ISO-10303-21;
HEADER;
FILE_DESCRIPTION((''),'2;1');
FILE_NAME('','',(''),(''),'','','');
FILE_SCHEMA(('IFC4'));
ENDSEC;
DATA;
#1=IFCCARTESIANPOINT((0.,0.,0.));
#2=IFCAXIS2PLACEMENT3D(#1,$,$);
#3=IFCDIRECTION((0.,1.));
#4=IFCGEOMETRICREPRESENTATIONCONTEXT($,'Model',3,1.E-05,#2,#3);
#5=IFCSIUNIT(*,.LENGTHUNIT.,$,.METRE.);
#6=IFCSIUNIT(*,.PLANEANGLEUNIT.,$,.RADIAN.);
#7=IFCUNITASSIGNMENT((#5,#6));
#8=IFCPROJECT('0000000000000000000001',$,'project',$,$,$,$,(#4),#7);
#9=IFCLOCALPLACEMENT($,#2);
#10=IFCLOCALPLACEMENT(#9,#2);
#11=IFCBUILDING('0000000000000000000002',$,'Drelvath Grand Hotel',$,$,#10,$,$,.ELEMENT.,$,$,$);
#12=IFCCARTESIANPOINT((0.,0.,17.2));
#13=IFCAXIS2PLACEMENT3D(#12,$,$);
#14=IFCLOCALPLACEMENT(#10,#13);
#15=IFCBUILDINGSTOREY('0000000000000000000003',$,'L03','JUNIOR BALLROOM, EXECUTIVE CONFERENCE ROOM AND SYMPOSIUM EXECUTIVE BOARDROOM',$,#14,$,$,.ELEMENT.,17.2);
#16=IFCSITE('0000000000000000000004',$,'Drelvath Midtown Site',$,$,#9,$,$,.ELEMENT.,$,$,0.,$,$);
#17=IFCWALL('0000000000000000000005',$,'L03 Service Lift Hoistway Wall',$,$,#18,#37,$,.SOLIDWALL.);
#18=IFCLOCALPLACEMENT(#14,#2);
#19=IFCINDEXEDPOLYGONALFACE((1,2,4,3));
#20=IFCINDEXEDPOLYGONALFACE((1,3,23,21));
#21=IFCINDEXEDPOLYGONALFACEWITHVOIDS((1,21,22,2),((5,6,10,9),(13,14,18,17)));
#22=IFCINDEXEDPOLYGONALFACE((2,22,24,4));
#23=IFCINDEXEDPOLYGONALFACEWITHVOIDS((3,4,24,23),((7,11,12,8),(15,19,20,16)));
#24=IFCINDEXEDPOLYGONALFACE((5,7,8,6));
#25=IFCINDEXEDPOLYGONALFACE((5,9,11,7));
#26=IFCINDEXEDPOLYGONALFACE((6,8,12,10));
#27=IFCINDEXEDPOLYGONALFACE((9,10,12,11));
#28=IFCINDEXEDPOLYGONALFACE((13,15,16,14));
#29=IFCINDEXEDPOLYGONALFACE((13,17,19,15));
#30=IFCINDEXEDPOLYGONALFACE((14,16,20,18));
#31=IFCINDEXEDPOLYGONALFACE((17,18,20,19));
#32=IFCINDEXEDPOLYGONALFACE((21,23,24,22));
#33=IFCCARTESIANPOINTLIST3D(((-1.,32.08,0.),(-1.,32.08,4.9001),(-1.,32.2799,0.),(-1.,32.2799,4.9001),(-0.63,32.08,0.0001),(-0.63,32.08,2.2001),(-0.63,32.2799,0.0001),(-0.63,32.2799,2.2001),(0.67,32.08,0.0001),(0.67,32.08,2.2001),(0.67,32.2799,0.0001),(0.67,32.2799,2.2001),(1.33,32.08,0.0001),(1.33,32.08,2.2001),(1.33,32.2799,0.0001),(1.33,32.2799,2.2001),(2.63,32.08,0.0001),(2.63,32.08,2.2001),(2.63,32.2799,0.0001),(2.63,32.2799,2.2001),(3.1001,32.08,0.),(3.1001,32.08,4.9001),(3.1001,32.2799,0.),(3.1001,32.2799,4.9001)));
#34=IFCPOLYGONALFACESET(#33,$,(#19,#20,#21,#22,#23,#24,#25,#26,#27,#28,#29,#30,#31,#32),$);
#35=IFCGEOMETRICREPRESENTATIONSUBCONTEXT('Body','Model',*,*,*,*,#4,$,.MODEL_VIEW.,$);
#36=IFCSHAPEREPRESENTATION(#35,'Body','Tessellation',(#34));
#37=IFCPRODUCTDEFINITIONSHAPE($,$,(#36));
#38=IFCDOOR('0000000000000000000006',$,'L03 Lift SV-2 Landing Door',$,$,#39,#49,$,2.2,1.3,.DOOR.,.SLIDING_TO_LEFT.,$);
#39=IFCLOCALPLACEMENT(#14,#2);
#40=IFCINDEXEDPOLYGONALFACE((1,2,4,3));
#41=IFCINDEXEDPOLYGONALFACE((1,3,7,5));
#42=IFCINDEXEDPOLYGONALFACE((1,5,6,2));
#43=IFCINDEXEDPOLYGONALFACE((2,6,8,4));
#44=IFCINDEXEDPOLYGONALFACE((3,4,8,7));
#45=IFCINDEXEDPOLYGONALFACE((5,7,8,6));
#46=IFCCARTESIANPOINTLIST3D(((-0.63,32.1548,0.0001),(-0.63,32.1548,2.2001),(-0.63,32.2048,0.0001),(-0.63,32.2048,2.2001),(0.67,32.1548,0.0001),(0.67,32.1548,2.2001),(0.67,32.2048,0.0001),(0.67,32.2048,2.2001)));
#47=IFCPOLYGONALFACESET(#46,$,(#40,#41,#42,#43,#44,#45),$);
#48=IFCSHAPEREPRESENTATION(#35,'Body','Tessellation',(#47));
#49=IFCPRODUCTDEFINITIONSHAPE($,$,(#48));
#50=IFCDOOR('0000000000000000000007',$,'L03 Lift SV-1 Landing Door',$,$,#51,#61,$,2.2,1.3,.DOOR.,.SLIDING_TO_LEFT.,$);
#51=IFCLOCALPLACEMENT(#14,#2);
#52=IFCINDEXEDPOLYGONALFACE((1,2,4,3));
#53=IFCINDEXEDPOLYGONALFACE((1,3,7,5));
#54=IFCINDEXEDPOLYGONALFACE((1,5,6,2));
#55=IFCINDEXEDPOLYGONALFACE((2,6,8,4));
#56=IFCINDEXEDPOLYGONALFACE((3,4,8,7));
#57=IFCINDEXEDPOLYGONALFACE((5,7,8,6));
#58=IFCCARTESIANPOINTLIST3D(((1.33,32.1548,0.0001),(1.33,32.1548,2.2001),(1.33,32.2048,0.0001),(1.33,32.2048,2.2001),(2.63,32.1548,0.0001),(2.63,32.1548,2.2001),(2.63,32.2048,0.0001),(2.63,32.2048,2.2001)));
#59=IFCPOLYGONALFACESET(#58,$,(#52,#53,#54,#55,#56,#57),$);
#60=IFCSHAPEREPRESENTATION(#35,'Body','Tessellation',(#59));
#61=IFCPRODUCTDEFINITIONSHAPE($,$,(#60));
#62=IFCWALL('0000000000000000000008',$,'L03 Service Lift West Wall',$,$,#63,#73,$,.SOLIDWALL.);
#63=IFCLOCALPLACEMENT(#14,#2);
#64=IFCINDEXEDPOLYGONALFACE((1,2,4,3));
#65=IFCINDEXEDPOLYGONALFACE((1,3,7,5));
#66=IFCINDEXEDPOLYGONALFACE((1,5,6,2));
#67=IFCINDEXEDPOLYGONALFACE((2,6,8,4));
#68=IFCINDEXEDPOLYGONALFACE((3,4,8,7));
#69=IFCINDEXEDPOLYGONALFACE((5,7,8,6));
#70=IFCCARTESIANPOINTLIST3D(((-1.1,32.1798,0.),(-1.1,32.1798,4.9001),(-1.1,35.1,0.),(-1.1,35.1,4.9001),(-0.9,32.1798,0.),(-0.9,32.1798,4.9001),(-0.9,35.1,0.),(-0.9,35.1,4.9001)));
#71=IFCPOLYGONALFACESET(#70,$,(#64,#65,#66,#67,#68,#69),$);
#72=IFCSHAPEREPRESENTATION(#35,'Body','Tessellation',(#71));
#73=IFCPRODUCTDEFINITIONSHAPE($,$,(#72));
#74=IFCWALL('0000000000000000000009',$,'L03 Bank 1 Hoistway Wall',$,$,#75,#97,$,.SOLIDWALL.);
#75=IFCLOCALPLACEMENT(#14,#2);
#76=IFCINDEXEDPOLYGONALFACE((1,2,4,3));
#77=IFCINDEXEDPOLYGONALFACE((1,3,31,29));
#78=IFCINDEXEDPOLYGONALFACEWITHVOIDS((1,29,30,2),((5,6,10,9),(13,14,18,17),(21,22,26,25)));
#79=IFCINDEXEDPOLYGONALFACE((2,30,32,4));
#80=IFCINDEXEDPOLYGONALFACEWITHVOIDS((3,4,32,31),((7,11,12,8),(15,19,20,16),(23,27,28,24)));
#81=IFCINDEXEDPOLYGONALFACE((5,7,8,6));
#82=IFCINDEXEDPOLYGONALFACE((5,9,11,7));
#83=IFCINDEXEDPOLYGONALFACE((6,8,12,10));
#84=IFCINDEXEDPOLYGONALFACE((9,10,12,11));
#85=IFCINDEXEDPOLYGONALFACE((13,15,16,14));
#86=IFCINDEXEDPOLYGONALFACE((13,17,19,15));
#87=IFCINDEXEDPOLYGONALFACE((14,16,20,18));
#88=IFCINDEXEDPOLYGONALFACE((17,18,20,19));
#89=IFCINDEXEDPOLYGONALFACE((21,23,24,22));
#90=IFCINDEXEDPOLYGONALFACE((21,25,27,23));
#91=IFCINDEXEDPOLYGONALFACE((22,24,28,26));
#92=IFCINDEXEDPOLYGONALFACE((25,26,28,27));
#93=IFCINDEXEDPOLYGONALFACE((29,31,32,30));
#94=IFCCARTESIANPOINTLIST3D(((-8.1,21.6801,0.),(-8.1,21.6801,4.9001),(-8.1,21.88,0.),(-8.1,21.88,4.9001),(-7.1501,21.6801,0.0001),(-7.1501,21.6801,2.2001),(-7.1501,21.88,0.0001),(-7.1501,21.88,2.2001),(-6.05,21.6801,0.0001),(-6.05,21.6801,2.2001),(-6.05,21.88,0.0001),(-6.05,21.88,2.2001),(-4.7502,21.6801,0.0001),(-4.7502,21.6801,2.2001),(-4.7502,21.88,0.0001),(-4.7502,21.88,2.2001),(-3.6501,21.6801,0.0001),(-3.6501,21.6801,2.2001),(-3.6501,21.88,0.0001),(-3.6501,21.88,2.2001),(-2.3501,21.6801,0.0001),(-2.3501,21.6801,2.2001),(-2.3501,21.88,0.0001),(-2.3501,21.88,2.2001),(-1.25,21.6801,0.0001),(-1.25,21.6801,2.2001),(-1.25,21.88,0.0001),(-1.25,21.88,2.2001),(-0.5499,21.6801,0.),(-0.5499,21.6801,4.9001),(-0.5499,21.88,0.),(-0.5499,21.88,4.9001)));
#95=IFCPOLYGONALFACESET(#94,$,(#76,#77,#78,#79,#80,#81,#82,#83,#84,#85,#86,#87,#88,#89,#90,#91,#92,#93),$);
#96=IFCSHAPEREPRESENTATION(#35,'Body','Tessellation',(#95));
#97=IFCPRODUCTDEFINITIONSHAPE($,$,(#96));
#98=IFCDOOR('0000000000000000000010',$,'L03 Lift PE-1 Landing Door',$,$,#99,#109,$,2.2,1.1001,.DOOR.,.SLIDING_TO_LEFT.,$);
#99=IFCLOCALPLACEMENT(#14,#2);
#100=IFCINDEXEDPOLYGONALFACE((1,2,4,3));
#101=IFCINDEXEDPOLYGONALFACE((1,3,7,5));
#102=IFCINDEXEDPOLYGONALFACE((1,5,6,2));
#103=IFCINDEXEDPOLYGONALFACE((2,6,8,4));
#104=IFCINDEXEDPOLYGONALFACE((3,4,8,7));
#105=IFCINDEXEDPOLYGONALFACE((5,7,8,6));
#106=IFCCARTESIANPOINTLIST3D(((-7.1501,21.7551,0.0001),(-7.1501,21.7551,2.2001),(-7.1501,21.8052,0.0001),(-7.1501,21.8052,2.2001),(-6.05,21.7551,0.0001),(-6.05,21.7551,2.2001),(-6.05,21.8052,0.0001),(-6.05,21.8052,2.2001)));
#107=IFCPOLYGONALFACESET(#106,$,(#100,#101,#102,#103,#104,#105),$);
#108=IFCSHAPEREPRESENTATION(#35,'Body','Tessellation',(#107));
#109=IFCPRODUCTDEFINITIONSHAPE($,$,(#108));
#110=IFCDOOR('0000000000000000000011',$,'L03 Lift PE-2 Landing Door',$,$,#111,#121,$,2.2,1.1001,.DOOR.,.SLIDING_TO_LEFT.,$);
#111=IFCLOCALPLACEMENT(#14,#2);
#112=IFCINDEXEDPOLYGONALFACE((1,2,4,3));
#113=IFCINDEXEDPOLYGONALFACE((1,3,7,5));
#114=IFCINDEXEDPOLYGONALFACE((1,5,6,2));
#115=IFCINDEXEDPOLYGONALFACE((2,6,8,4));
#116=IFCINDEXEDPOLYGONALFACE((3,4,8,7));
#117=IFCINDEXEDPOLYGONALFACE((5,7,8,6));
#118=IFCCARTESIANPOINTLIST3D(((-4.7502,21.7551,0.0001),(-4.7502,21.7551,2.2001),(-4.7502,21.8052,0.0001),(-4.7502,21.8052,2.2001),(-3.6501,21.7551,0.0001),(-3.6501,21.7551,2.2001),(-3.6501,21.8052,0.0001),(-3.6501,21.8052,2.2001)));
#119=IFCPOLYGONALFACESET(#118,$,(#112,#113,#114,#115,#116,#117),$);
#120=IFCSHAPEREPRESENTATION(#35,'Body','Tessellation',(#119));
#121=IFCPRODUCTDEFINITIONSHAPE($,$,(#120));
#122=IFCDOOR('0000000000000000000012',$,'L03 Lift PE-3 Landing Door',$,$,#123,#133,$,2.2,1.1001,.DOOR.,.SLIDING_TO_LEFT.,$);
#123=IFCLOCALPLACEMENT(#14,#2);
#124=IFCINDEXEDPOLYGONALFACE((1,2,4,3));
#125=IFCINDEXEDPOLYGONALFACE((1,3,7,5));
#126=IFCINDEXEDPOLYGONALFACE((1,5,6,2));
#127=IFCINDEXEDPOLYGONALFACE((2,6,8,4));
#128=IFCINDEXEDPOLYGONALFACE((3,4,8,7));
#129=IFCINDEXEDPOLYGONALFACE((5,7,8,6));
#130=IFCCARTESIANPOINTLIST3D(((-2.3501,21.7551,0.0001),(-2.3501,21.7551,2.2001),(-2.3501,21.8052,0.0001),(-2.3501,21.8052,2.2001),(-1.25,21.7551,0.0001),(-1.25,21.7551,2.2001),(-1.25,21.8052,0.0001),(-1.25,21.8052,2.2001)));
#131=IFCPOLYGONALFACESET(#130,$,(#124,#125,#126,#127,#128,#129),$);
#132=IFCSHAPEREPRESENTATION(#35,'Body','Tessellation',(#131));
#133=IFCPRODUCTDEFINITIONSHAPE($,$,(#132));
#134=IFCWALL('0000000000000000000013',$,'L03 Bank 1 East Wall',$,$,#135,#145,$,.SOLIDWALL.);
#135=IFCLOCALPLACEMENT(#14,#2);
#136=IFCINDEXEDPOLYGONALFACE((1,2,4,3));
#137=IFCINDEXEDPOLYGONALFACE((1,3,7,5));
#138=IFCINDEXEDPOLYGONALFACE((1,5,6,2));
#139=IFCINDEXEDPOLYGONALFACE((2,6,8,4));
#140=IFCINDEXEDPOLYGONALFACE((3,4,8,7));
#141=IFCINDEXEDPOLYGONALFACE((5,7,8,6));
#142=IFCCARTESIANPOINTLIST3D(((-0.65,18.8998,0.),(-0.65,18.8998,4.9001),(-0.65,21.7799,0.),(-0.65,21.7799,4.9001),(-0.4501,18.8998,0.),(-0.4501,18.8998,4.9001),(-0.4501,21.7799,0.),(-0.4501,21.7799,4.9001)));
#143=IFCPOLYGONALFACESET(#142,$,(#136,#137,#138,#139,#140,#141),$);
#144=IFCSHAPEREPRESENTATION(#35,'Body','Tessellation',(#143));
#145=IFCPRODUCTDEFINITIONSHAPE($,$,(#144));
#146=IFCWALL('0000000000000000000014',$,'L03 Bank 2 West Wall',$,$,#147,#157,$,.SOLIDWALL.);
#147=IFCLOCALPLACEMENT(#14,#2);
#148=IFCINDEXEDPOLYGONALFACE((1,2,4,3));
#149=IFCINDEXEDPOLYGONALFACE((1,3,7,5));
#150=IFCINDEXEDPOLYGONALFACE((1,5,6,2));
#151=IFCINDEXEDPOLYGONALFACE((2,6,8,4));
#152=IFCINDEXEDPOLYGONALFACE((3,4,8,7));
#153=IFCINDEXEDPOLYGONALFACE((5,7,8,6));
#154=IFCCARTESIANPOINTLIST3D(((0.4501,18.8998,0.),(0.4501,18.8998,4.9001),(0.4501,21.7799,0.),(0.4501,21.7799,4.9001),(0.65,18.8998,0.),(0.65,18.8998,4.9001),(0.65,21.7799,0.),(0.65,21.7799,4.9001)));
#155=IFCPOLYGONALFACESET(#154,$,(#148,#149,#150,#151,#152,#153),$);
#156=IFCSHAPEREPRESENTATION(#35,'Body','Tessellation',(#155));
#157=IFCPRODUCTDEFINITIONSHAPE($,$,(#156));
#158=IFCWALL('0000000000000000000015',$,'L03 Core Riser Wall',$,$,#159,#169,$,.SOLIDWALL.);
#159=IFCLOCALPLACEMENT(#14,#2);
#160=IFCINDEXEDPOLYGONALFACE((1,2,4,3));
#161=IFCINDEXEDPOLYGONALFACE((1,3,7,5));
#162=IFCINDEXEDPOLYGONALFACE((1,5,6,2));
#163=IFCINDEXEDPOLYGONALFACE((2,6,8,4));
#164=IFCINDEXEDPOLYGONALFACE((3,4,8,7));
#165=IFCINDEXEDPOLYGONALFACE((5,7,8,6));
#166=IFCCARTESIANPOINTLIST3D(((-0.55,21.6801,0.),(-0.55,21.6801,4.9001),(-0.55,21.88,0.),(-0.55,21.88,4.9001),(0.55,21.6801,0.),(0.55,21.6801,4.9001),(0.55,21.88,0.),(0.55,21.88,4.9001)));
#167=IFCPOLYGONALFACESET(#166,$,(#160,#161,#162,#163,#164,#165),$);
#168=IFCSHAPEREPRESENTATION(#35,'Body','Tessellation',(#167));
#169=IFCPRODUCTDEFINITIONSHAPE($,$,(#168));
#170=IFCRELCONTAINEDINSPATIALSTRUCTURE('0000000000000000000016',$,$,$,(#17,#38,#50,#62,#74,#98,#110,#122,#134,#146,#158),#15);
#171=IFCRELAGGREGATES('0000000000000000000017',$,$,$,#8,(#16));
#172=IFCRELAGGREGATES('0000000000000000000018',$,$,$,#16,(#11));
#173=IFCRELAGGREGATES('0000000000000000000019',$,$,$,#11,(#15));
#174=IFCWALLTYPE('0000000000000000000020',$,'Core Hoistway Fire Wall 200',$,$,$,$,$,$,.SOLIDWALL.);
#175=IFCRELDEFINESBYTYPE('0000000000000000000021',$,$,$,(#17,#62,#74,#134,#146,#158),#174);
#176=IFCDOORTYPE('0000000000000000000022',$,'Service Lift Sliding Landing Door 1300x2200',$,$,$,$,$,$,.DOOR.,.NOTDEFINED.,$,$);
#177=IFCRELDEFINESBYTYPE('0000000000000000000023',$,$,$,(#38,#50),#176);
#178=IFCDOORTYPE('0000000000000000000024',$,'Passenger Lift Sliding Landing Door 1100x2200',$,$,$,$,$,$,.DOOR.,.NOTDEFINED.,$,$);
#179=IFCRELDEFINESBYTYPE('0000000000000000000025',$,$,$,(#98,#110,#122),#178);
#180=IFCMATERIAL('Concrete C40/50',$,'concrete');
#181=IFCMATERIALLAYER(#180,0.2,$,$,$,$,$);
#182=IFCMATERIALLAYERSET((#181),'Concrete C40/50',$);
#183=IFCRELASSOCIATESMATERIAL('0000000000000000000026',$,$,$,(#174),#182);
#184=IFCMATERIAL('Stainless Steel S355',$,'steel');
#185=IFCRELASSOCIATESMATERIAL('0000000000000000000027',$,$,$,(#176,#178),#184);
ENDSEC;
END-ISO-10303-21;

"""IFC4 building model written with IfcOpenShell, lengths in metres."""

from ifc_helpers import new_model, si_unit, direction, frame, frame_2d, origin, place, context, subcontext, project, spatial, rectangle, extrude, material, layer, layer_set, type_object, element, fill, save


model = new_model("IFC4")

# Units and contexts
model_context = context("Model", 3, precision=1e-05, world=origin(), true_north=direction((0.0, 1.0)))
body_context = subcontext(model_context, "Body", "Model", "MODEL_VIEW")
ifc_project = project(units=[si_unit("LENGTHUNIT", "METRE"), si_unit("PLANEANGLEUNIT", "RADIAN")], contexts=[model_context])

# Site, building, storey
site_placement = place(None, origin())
site = spatial("IfcSite", under=ifc_project, at=site_placement, Name="Drelvath Midtown Site", CompositionType="ELEMENT", RefElevation=0.0)
building_placement = place(site_placement, origin())
building = spatial("IfcBuilding", under=site, at=building_placement, Name="Drelvath Grand Hotel", CompositionType="ELEMENT")
storey_placement = place(building_placement, frame((0.0, 0.0, 17.2)))
storey = spatial("IfcBuildingStorey", under=building, at=storey_placement, Name="L03", Description="JUNIOR BALLROOM, EXECUTIVE CONFERENCE ROOM AND SYMPOSIUM EXECUTIVE BOARDROOM", CompositionType="ELEMENT", Elevation=17.2)

# Wall, openings, doors
ifc_material_1 = material(Name="Concrete C40/50", Category="concrete")
ifc_layer_1 = layer(ifc_material_1, 0.2)
ifc_layer_set_1 = layer_set([ifc_layer_1], Name="Concrete C40/50")
wall_type_1 = type_object("IfcWallType", Name="Core Hoistway Fire Wall 200", PredefinedType="SOLIDWALL", material=ifc_layer_set_1)
wall_1_placement = place(storey_placement, frame((-1.0, 32.1799, 0.0), z_axis=(0.0, 0.0, 1.0), x_axis=(1.0, 0.0, 0.0)))
wall_1 = element("IfcWall", 1, at=wall_1_placement, inside=storey, type_object=wall_type_1, Name="L03 Service Lift Hoistway Wall", PredefinedType="SOLIDWALL", context=body_context, shape_type="SweptSolid", body=[
    extrude(rectangle(XDim=4.1001, YDim=0.2, at=frame_2d((2.05, 0.0))), origin(), (0.0, 0.0, 1.0), 4.9001),
])
opening_1_placement = place(wall_1_placement, frame((0.3701, 0.0, 0.0)))
opening_1 = element("IfcOpeningElement", 2, at=opening_1_placement, cuts=wall_1, PredefinedType="OPENING", context=body_context, shape_type="SweptSolid", body=[
    extrude(rectangle(XDim=1.3, YDim=2.2, at=frame_2d((0.6499, 1.1001))), frame((0.0, 0.1099, 0.0), z_axis=(0.0, -1.0, 0.0), x_axis=(1.0, 0.0, 0.0)), (0.0, 0.0, 1.0), 0.22),
])
opening_2_placement = place(wall_1_placement, frame((2.3301, 0.0, 0.0)))
opening_2 = element("IfcOpeningElement", 3, at=opening_2_placement, cuts=wall_1, PredefinedType="OPENING", context=body_context, shape_type="SweptSolid", body=[
    extrude(rectangle(XDim=1.3, YDim=2.2, at=frame_2d((0.6499, 1.1001))), frame((0.0, 0.1099, 0.0), z_axis=(0.0, -1.0, 0.0), x_axis=(1.0, 0.0, 0.0)), (0.0, 0.0, 1.0), 0.22),
])
ifc_material_2 = material(Name="Stainless Steel S355", Category="steel")
door_type_1 = type_object("IfcDoorType", Name="Service Lift Sliding Landing Door 1300x2200", OperationType="NOTDEFINED", PredefinedType="DOOR", material=ifc_material_2)
door_1_placement = place(opening_1_placement, origin())
door_1 = element("IfcDoor", 4, at=door_1_placement, inside=storey, type_object=door_type_1, Name="L03 Lift SV-2 Landing Door", OperationType="SLIDING_TO_LEFT", OverallHeight=2.2, OverallWidth=1.3, PredefinedType="DOOR", context=body_context, shape_type="SweptSolid", body=[
    extrude(rectangle(XDim=1.3, YDim=2.2, at=frame_2d((0.6499, 1.1001))), frame((0.0, 0.0249, 0.0), z_axis=(0.0, -1.0, 0.0), x_axis=(1.0, 0.0, 0.0)), (0.0, 0.0, 1.0), 0.05),
])
fill(opening_1, door_1)
door_2_placement = place(opening_2_placement, origin())
door_2 = element("IfcDoor", 5, at=door_2_placement, inside=storey, type_object=door_type_1, Name="L03 Lift SV-1 Landing Door", OperationType="SLIDING_TO_LEFT", OverallHeight=2.2, OverallWidth=1.3, PredefinedType="DOOR", context=body_context, shape_type="SweptSolid", body=[
    extrude(rectangle(XDim=1.3, YDim=2.2, at=frame_2d((0.6499, 1.1001))), frame((0.0, 0.0249, 0.0), z_axis=(0.0, -1.0, 0.0), x_axis=(1.0, 0.0, 0.0)), (0.0, 0.0, 1.0), 0.05),
])
fill(opening_2, door_2)

# Wall
wall_2_placement = place(storey_placement, frame((-1.0, 32.1799, 0.0), z_axis=(0.0, 0.0, 1.0), x_axis=(0.0, 1.0, 0.0)))
element("IfcWall", 6, at=wall_2_placement, inside=storey, type_object=wall_type_1, Name="L03 Service Lift West Wall", PredefinedType="SOLIDWALL", context=body_context, shape_type="SweptSolid", body=[
    extrude(rectangle(XDim=2.9202, YDim=0.2, at=frame_2d((1.46, 0.0))), origin(), (0.0, 0.0, 1.0), 4.9001),
])

# Wall, openings, doors
wall_3_placement = place(storey_placement, frame((-0.55, 21.78, 0.0), z_axis=(0.0, 0.0, 1.0), x_axis=(-1.0, 0.0, 0.0)))
wall_3 = element("IfcWall", 7, at=wall_3_placement, inside=storey, type_object=wall_type_1, Name="L03 Bank 1 Hoistway Wall", PredefinedType="SOLIDWALL", context=body_context, shape_type="SweptSolid", body=[
    extrude(rectangle(XDim=7.55, YDim=0.2, at=frame_2d((3.7749, 0.0))), origin(), (0.0, 0.0, 1.0), 4.9001),
])
opening_3_placement = place(wall_3_placement, frame((5.5, 0.0, 0.0)))
opening_3 = element("IfcOpeningElement", 8, at=opening_3_placement, cuts=wall_3, PredefinedType="OPENING", context=body_context, shape_type="SweptSolid", body=[
    extrude(rectangle(XDim=1.1001, YDim=2.2, at=frame_2d((0.55, 1.1001))), frame((0.0, 0.1099, 0.0), z_axis=(0.0, -1.0, 0.0), x_axis=(1.0, 0.0, 0.0)), (0.0, 0.0, 1.0), 0.22),
])
opening_4_placement = place(wall_3_placement, frame((3.1001, 0.0, 0.0)))
opening_4 = element("IfcOpeningElement", 9, at=opening_4_placement, cuts=wall_3, PredefinedType="OPENING", context=body_context, shape_type="SweptSolid", body=[
    extrude(rectangle(XDim=1.1001, YDim=2.2, at=frame_2d((0.55, 1.1001))), frame((0.0, 0.1099, 0.0), z_axis=(0.0, -1.0, 0.0), x_axis=(1.0, 0.0, 0.0)), (0.0, 0.0, 1.0), 0.22),
])
opening_5_placement = place(wall_3_placement, frame((0.7, 0.0, 0.0)))
opening_5 = element("IfcOpeningElement", 10, at=opening_5_placement, cuts=wall_3, PredefinedType="OPENING", context=body_context, shape_type="SweptSolid", body=[
    extrude(rectangle(XDim=1.1001, YDim=2.2, at=frame_2d((0.55, 1.1001))), frame((0.0, 0.1099, 0.0), z_axis=(0.0, -1.0, 0.0), x_axis=(1.0, 0.0, 0.0)), (0.0, 0.0, 1.0), 0.22),
])
door_type_2 = type_object("IfcDoorType", Name="Passenger Lift Sliding Landing Door 1100x2200", OperationType="NOTDEFINED", PredefinedType="DOOR", material=ifc_material_2)
door_3_placement = place(opening_3_placement, origin())
door_3 = element("IfcDoor", 11, at=door_3_placement, inside=storey, type_object=door_type_2, Name="L03 Lift PE-1 Landing Door", OperationType="SLIDING_TO_LEFT", OverallHeight=2.2, OverallWidth=1.1001, PredefinedType="DOOR", context=body_context, shape_type="SweptSolid", body=[
    extrude(rectangle(XDim=1.1001, YDim=2.2, at=frame_2d((0.55, 1.1001))), frame((0.0, 0.0249, 0.0), z_axis=(0.0, -1.0, 0.0), x_axis=(1.0, 0.0, 0.0)), (0.0, 0.0, 1.0), 0.05),
])
fill(opening_3, door_3)
door_4_placement = place(opening_4_placement, origin())
door_4 = element("IfcDoor", 12, at=door_4_placement, inside=storey, type_object=door_type_2, Name="L03 Lift PE-2 Landing Door", OperationType="SLIDING_TO_LEFT", OverallHeight=2.2, OverallWidth=1.1001, PredefinedType="DOOR", context=body_context, shape_type="SweptSolid", body=[
    extrude(rectangle(XDim=1.1001, YDim=2.2, at=frame_2d((0.55, 1.1001))), frame((0.0, 0.0249, 0.0), z_axis=(0.0, -1.0, 0.0), x_axis=(1.0, 0.0, 0.0)), (0.0, 0.0, 1.0), 0.05),
])
fill(opening_4, door_4)
door_5_placement = place(opening_5_placement, origin())
door_5 = element("IfcDoor", 13, at=door_5_placement, inside=storey, type_object=door_type_2, Name="L03 Lift PE-3 Landing Door", OperationType="SLIDING_TO_LEFT", OverallHeight=2.2, OverallWidth=1.1001, PredefinedType="DOOR", context=body_context, shape_type="SweptSolid", body=[
    extrude(rectangle(XDim=1.1001, YDim=2.2, at=frame_2d((0.55, 1.1001))), frame((0.0, 0.0249, 0.0), z_axis=(0.0, -1.0, 0.0), x_axis=(1.0, 0.0, 0.0)), (0.0, 0.0, 1.0), 0.05),
])
fill(opening_5, door_5)

# Walls
for number, where, z_axis, x_axis, name in (
    (14, (-0.55, 18.8999, 0.0), (0.0, 0.0, 1.0), (0.0, 1.0, 0.0), "L03 Bank 1 East Wall"),
    (15, (0.55, 18.8999, 0.0), (0.0, 0.0, 1.0), (0.0, 1.0, 0.0), "L03 Bank 2 West Wall"),
):
    element("IfcWall", number, at=place(storey_placement, frame(where, z_axis=z_axis, x_axis=x_axis)), inside=storey, type_object=wall_type_1, Name=name, PredefinedType="SOLIDWALL", context=body_context, shape_type="SweptSolid", body=[
        extrude(rectangle(XDim=2.8801, YDim=0.2, at=frame_2d((1.4399, 0.0))), origin(), (0.0, 0.0, 1.0), 4.9001),
    ])
wall_4_placement = place(storey_placement, frame((-0.55, 21.78, 0.0), z_axis=(0.0, 0.0, 1.0), x_axis=(1.0, 0.0, 0.0)))
element("IfcWall", 16, at=wall_4_placement, inside=storey, type_object=wall_type_1, Name="L03 Core Riser Wall", PredefinedType="SOLIDWALL", context=body_context, shape_type="SweptSolid", body=[
    extrude(rectangle(XDim=1.1001, YDim=0.2, at=frame_2d((0.55, 0.0))), origin(), (0.0, 0.0, 1.0), 4.9001),
])

save(model, "model.ifc")
